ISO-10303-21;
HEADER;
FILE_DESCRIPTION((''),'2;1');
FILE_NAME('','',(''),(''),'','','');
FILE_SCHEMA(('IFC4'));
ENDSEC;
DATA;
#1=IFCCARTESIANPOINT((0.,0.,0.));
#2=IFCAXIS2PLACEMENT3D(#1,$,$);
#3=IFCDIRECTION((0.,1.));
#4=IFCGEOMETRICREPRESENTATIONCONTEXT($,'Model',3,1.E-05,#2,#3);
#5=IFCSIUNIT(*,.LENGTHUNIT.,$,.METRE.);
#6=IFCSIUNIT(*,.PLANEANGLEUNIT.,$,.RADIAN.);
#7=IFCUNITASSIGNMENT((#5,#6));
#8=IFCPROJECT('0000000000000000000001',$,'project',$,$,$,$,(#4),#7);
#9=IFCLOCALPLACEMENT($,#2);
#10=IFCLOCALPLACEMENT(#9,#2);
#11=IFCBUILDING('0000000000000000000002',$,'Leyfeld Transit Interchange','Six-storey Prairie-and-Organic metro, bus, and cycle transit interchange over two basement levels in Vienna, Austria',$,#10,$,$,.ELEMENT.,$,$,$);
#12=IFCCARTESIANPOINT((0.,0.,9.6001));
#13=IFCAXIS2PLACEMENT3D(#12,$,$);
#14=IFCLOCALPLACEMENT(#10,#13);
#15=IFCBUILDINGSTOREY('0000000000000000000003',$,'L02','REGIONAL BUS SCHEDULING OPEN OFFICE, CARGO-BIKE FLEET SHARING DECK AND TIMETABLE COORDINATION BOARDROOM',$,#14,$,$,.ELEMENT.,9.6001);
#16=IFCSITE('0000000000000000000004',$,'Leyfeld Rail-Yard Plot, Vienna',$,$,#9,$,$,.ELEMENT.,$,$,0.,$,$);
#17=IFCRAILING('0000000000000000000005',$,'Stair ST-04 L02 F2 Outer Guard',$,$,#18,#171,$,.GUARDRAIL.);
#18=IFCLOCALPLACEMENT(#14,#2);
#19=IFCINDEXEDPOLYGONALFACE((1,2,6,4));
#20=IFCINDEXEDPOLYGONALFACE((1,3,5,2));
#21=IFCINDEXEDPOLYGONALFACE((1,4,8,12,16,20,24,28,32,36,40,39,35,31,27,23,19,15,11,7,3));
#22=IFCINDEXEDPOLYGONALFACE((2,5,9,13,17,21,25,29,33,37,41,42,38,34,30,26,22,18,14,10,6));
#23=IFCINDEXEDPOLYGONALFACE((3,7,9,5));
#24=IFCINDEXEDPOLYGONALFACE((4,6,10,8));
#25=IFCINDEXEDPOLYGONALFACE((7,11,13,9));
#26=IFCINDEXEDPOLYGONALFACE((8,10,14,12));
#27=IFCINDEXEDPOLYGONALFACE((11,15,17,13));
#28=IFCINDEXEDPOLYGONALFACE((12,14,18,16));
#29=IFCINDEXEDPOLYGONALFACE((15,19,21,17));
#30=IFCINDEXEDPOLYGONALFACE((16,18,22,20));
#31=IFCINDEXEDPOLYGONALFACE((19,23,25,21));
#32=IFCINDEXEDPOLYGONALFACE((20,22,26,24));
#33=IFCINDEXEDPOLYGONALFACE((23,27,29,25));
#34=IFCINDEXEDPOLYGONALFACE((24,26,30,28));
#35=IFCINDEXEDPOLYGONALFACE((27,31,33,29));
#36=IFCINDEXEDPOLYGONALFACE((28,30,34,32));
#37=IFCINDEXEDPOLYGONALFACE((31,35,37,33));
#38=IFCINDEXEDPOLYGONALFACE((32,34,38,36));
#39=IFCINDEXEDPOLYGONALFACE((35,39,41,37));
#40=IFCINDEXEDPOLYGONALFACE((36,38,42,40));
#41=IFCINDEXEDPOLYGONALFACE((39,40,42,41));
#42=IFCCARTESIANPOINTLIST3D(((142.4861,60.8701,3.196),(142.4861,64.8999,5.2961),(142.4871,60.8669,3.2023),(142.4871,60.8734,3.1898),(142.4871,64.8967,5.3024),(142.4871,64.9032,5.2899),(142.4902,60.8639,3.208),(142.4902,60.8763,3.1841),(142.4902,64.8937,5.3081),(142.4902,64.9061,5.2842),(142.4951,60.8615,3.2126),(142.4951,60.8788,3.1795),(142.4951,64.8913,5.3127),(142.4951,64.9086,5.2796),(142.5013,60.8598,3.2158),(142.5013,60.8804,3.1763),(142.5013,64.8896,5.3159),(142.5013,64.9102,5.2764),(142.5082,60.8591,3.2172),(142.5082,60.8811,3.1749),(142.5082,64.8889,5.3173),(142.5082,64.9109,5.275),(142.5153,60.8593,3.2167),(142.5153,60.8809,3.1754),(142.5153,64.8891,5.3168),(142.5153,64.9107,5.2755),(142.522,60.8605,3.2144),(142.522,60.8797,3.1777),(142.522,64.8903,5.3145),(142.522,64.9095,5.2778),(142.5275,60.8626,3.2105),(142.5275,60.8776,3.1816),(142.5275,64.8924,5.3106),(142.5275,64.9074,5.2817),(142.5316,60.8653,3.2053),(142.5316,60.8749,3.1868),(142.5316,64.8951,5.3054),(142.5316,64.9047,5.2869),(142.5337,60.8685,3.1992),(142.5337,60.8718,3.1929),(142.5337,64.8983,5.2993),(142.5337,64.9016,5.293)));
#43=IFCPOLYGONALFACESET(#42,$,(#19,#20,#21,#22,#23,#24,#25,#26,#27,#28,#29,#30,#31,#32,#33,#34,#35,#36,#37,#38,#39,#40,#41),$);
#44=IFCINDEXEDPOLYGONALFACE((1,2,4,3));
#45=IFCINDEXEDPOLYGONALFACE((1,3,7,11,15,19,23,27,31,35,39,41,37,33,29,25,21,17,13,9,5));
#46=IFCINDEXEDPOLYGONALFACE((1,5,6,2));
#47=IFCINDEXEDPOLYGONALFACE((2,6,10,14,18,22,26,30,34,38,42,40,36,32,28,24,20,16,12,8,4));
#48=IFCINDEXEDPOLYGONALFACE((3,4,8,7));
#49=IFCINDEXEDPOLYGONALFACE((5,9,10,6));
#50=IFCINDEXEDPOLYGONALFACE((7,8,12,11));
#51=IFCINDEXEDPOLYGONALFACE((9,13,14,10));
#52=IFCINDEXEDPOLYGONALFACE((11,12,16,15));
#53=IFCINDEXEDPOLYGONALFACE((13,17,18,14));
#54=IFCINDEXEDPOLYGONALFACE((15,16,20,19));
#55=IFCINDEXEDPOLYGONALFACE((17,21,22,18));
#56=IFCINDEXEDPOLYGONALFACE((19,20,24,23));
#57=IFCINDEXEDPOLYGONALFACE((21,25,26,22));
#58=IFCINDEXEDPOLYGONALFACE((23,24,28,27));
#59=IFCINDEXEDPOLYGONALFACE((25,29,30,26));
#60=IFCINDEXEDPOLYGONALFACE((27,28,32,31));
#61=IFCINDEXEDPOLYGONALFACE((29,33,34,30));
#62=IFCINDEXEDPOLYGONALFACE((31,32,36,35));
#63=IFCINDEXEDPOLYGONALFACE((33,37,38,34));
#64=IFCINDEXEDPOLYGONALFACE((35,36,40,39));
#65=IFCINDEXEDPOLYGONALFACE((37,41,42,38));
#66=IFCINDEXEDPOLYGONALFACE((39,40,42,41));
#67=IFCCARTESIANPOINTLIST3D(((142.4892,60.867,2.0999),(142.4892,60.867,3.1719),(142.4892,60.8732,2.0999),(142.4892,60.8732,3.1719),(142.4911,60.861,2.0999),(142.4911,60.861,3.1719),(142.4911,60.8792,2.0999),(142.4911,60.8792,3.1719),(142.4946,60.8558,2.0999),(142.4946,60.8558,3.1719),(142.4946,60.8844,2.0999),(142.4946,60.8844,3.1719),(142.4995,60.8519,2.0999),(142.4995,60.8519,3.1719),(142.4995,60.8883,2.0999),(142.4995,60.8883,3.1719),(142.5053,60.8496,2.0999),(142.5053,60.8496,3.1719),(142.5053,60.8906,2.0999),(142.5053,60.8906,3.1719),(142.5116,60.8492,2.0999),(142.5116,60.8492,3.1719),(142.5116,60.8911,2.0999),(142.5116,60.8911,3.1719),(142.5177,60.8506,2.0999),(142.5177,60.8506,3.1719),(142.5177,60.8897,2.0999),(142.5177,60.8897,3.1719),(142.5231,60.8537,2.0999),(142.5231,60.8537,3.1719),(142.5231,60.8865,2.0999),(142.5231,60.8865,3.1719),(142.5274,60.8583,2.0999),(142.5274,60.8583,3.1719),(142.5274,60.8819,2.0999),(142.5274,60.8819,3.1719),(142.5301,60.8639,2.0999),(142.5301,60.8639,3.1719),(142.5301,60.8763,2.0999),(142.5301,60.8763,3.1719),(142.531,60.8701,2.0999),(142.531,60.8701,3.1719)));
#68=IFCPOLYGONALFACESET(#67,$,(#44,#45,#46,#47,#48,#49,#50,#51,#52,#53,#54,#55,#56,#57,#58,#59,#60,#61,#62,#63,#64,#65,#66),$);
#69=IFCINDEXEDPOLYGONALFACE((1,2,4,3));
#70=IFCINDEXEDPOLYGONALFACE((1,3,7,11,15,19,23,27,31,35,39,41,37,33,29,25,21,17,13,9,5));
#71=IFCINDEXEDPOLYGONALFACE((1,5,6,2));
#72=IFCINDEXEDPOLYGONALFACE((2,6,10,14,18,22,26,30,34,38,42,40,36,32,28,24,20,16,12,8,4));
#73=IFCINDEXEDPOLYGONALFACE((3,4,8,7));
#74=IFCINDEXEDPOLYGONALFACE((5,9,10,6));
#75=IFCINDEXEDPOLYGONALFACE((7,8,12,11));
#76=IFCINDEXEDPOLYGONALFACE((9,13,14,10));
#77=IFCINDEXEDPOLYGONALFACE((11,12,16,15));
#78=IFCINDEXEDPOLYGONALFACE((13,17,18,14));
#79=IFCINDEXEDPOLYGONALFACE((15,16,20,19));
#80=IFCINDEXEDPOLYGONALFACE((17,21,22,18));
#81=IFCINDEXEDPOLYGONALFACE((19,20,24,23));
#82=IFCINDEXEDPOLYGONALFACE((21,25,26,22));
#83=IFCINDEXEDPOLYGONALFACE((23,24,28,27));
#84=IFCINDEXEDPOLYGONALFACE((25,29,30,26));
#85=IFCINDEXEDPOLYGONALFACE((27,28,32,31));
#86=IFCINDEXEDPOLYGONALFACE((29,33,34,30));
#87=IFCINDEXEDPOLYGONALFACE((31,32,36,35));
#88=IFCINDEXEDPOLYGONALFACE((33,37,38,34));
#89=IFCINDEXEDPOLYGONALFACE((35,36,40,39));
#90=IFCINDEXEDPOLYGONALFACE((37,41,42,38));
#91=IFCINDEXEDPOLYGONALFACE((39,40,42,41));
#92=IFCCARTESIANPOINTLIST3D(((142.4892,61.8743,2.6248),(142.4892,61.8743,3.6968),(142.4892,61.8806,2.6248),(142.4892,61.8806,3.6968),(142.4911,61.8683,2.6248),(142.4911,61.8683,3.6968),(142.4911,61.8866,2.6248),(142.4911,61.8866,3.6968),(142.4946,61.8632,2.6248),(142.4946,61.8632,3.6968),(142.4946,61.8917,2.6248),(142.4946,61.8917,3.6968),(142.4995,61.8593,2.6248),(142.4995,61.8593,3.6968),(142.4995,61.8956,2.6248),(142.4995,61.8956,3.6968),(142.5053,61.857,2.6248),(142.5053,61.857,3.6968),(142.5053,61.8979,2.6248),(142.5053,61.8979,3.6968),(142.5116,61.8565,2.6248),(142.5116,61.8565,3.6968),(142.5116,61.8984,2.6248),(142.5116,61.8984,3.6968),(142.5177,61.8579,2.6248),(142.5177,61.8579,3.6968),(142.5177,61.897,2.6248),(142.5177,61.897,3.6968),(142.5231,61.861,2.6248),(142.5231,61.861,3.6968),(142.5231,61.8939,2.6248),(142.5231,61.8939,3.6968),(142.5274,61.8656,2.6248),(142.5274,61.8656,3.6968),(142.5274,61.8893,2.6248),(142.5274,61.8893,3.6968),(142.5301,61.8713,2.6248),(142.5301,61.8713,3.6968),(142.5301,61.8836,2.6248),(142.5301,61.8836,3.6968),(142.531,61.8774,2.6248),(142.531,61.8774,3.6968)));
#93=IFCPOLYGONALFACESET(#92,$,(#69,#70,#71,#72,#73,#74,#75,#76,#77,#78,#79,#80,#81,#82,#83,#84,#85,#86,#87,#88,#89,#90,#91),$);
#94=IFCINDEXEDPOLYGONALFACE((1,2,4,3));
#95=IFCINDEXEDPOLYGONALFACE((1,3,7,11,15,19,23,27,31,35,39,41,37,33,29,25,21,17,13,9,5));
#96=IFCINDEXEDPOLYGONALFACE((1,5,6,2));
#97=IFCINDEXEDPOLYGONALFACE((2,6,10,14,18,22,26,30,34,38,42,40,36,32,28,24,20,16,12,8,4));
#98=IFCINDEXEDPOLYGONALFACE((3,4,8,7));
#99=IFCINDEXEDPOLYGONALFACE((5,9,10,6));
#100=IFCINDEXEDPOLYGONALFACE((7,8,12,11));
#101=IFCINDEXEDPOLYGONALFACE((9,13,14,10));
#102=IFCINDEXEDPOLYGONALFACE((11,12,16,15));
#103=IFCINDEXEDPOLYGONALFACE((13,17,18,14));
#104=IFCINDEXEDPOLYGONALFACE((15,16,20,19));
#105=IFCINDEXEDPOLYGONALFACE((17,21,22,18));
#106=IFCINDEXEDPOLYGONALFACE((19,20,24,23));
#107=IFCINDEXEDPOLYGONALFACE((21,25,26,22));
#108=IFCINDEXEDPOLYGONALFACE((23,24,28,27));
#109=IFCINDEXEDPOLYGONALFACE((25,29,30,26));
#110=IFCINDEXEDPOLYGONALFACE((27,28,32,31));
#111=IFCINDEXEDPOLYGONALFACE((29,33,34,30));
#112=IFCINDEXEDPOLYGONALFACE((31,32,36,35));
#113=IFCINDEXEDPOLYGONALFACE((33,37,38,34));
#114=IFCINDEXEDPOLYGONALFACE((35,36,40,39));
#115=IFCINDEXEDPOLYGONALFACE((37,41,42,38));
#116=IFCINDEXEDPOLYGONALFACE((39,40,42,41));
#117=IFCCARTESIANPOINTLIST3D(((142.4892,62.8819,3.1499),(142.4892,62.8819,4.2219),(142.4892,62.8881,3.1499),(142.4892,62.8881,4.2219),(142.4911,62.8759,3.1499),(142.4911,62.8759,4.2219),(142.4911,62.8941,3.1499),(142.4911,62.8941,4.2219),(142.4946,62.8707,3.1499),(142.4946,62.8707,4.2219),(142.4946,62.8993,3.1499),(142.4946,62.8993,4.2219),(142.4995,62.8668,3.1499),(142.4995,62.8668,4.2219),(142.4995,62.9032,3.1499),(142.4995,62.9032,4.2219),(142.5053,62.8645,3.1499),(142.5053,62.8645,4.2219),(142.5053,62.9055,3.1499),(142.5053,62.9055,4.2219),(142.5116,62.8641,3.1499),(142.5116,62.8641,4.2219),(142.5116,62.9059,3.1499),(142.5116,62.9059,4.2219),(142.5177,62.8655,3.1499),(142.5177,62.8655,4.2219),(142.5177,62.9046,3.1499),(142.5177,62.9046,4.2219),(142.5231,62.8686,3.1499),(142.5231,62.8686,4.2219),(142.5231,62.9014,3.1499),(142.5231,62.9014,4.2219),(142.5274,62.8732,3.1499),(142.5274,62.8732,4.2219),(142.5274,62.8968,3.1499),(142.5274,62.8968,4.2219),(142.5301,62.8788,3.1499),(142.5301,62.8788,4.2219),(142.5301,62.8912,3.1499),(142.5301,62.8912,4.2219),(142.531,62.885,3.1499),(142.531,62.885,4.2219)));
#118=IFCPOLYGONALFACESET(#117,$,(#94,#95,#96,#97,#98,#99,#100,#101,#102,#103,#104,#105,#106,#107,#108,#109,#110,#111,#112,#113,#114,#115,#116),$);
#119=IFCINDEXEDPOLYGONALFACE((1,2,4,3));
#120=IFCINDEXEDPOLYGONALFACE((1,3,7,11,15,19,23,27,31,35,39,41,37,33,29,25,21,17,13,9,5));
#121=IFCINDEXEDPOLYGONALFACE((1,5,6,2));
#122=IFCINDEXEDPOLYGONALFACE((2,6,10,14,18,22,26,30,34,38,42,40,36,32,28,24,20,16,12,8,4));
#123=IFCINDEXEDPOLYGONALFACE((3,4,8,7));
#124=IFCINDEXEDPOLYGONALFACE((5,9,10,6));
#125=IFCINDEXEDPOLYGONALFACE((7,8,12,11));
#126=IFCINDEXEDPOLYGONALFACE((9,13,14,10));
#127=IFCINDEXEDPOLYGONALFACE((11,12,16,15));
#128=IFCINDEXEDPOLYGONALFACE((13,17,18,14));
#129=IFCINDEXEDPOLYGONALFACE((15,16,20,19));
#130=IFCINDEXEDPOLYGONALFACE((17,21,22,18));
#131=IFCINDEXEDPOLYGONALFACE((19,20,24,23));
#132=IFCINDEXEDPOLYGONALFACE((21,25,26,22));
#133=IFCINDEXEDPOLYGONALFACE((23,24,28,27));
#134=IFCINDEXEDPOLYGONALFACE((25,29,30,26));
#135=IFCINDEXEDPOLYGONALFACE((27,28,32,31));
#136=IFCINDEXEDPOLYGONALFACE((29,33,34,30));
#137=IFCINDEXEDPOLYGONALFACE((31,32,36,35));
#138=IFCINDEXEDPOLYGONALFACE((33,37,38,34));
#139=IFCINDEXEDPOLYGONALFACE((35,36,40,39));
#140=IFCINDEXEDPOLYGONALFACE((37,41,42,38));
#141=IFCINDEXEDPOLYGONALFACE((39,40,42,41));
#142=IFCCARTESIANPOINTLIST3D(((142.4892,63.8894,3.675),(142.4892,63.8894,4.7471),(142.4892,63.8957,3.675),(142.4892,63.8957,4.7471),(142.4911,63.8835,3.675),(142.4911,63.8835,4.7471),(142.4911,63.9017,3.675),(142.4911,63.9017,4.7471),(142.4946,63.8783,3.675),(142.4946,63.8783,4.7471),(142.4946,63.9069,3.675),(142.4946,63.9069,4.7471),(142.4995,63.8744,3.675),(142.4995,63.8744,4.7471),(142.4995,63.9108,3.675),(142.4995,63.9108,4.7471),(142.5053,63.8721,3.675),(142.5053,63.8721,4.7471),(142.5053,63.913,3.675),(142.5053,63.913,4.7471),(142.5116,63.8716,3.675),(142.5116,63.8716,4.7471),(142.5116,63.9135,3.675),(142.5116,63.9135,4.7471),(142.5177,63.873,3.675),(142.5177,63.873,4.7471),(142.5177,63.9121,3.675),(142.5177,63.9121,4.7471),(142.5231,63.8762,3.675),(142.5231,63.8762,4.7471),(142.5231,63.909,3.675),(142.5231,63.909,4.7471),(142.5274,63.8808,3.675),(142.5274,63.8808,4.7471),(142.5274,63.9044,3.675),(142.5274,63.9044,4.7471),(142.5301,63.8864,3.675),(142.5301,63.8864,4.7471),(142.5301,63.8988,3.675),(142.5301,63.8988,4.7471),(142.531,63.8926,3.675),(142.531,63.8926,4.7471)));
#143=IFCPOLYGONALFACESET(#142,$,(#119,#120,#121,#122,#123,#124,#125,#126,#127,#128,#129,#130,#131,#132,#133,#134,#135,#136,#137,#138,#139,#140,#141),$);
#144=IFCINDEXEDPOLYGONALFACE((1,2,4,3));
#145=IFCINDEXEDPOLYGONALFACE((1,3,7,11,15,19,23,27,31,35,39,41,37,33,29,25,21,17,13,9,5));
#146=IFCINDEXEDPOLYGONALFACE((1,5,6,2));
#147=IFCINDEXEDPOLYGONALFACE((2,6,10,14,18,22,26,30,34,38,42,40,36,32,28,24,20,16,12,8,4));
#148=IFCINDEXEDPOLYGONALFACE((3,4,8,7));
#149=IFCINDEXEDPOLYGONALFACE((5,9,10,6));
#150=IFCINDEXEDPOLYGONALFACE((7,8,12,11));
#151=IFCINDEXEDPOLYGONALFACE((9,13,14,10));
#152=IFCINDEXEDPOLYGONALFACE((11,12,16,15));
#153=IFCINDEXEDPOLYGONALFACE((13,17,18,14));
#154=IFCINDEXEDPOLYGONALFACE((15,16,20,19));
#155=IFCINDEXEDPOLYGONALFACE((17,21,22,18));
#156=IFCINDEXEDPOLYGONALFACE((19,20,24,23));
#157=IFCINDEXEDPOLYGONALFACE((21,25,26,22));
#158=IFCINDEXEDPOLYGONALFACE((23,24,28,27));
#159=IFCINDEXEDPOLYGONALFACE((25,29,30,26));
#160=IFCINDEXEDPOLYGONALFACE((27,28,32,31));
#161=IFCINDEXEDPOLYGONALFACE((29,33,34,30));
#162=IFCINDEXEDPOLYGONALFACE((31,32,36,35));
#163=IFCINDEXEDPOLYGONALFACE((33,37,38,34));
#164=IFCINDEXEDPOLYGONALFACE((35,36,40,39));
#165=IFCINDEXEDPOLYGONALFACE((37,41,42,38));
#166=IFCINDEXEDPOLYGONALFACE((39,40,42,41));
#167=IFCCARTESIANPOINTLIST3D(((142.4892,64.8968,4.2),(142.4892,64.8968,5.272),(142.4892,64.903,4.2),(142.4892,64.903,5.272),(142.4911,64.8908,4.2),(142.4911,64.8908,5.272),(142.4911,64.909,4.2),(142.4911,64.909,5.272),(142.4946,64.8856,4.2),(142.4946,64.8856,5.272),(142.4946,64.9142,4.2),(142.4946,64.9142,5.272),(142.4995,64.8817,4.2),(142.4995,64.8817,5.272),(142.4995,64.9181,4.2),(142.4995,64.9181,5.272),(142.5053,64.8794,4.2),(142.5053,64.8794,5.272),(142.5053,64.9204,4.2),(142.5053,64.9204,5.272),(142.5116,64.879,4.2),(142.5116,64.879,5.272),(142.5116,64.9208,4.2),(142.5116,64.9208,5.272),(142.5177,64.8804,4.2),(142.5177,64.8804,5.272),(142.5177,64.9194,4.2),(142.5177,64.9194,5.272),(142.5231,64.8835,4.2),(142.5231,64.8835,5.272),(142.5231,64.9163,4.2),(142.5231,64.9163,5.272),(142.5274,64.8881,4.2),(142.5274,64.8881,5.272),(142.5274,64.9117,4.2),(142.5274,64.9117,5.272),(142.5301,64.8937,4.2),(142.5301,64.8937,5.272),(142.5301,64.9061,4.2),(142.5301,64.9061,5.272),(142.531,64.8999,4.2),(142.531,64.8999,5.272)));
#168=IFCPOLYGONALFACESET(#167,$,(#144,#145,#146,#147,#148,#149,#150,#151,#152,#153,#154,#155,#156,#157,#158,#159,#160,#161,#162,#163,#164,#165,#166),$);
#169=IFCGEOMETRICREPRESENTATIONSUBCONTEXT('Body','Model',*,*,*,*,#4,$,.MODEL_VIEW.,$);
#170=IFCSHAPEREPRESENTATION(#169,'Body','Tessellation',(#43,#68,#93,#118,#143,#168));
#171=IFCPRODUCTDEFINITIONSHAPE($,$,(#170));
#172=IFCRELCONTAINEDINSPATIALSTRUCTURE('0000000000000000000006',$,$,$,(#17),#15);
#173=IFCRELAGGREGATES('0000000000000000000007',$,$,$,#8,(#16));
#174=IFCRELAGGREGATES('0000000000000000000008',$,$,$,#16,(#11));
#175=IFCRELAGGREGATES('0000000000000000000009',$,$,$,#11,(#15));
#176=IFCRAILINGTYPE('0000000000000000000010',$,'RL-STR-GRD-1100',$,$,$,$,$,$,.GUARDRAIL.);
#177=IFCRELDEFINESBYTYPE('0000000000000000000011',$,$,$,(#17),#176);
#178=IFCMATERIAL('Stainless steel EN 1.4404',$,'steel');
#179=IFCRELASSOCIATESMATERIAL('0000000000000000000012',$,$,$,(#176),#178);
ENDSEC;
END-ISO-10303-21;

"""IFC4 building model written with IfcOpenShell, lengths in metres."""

from ifc_helpers import new_model, si_unit, direction, frame, origin, origin_2d, place, context, subcontext, project, spatial, circle, extrude, material, type_object, element, save


model = new_model("IFC4")

# Units and contexts
model_context = context("Model", 3, precision=1e-05, world=origin(), true_north=direction((0.0, 1.0)))
body_context = subcontext(model_context, "Body", "Model", "MODEL_VIEW")
ifc_project = project(units=[si_unit("LENGTHUNIT", "METRE"), si_unit("PLANEANGLEUNIT", "RADIAN")], contexts=[model_context])

# Site, building, storey
site_placement = place(None, origin())
site = spatial("IfcSite", under=ifc_project, at=site_placement, Name="Leyfeld Rail-Yard Plot, Vienna", CompositionType="ELEMENT", RefElevation=0.0)
building_placement = place(site_placement, origin())
building = spatial("IfcBuilding", under=site, at=building_placement, Name="Leyfeld Transit Interchange", Description="Six-storey Prairie-and-Organic metro, bus, and cycle transit interchange over two basement levels in Vienna, Austria", CompositionType="ELEMENT")
storey_placement = place(building_placement, frame((0.0, 0.0, 9.6001)))
storey = spatial("IfcBuildingStorey", under=building, at=storey_placement, Name="L02", Description="REGIONAL BUS SCHEDULING OPEN OFFICE, CARGO-BIKE FLEET SHARING DECK AND TIMETABLE COORDINATION BOARDROOM", CompositionType="ELEMENT", Elevation=9.6001)

# Railing
ifc_material_1 = material(Name="Stainless steel EN 1.4404", Category="steel")
railing_type_1 = type_object("IfcRailingType", Name="RL-STR-GRD-1100", PredefinedType="GUARDRAIL", material=ifc_material_1)
for number, where, name in (
    (1, (142.51, 60.8701, 2.0999), "Stair ST-04 L02 F2 Outer Guard"),
):
    element("IfcRailing", number, at=place(storey_placement, frame(where)), inside=storey, type_object=railing_type_1, Name=name, PredefinedType="GUARDRAIL", context=body_context, shape_type="SweptSolid", body=[
        extrude(circle(Radius=0.0239, at=origin_2d()), frame((0.0, 0.0, 1.0962), z_axis=(0.0, 0.886801, 0.462151), x_axis=(-1.0, 0.0, 0.0)), (0.0, 0.0, 1.0), 4.5442),
        extrude(circle(Radius=0.021, at=origin_2d()), origin(), (0.0, 0.0, 1.0), 1.072),
        extrude(circle(Radius=0.021, at=origin_2d()), frame((0.0, 1.0073, 0.5249)), (0.0, 0.0, 1.0), 1.072),
        extrude(circle(Radius=0.021, at=origin_2d()), frame((0.0, 2.0149, 1.05)), (0.0, 0.0, 1.0), 1.072),
        extrude(circle(Radius=0.021, at=origin_2d()), frame((0.0, 3.0225, 1.5752)), (0.0, 0.0, 1.0), 1.072),
        extrude(circle(Radius=0.021, at=origin_2d()), frame((0.0, 4.0298, 2.1001)), (0.0, 0.0, 1.0), 1.072),
    ])

save(model, "model.ifc")
